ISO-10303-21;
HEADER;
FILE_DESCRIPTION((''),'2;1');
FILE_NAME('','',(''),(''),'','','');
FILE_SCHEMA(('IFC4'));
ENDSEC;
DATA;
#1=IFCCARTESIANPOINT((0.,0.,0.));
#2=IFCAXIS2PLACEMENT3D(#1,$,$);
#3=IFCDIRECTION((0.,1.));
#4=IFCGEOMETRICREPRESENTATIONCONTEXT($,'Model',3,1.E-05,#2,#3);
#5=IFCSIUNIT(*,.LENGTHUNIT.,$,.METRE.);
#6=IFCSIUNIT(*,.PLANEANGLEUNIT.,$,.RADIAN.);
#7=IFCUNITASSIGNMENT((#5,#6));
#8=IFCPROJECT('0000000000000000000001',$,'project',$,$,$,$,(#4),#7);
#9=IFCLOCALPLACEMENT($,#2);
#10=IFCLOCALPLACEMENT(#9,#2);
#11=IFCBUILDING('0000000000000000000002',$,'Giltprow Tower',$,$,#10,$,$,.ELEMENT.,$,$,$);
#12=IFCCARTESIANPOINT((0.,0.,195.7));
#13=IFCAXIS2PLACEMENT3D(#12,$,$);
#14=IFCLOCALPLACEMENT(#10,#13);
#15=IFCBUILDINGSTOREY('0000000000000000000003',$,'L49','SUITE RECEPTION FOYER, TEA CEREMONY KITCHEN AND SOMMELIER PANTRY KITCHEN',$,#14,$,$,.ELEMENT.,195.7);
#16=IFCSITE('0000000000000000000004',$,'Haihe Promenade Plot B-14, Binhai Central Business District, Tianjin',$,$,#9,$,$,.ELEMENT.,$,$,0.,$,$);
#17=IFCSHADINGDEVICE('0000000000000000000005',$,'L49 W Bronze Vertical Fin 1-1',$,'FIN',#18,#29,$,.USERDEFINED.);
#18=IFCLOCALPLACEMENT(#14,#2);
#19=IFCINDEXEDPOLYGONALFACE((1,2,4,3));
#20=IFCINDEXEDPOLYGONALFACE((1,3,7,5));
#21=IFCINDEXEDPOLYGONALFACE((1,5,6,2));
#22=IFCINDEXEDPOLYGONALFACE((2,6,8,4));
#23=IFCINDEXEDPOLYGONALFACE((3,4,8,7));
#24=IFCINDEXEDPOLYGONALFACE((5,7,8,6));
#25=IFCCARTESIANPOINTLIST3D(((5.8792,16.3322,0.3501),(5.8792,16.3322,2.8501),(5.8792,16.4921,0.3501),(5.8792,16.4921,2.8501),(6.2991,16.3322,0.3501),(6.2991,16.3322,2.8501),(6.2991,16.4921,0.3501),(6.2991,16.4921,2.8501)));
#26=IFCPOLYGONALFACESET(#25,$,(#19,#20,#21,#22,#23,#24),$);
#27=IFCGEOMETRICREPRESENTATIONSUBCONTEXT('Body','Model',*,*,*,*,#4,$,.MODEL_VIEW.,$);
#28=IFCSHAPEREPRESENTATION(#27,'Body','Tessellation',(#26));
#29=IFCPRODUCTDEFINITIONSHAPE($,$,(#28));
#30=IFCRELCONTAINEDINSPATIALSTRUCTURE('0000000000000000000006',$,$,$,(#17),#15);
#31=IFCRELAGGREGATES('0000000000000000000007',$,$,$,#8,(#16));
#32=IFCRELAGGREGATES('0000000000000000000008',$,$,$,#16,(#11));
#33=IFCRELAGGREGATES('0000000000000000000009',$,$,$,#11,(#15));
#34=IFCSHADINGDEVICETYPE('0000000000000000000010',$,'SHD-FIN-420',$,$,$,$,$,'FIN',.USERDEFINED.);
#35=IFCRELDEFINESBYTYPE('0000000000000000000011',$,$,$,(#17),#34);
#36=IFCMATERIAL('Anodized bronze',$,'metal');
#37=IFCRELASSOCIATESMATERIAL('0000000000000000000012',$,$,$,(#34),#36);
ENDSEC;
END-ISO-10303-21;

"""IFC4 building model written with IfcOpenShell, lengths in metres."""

from ifc_helpers import new_model, si_unit, direction, frame, origin, origin_2d, place, context, subcontext, project, spatial, rectangle, extrude, source, transform, mapped, material, type_object, element, save


model = new_model("IFC4")

# Units and contexts
model_context = context("Model", 3, precision=1e-05, world=origin(), true_north=direction((0.0, 1.0)))
body_context = subcontext(model_context, "Body", "Model", "MODEL_VIEW")
ifc_project = project(units=[si_unit("LENGTHUNIT", "METRE"), si_unit("PLANEANGLEUNIT", "RADIAN")], contexts=[model_context])

# Site, building, storey
site_placement = place(None, origin())
site = spatial("IfcSite", under=ifc_project, at=site_placement, Name="Haihe Promenade Plot B-14, Binhai Central Business District, Tianjin", CompositionType="ELEMENT", RefElevation=0.0)
building_placement = place(site_placement, origin())
building = spatial("IfcBuilding", under=site, at=building_placement, Name="Giltprow Tower", CompositionType="ELEMENT")
storey_placement = place(building_placement, frame((0.0, 0.0, 195.7)))
storey = spatial("IfcBuildingStorey", under=building, at=storey_placement, Name="L49", Description="SUITE RECEPTION FOYER, TEA CEREMONY KITCHEN AND SOMMELIER PANTRY KITCHEN", CompositionType="ELEMENT", Elevation=195.7)

# Shared definitions
ifc_material_1 = material(Name="Anodized bronze", Category="metal")

# Shading device
shading_device_type = type_object("IfcShadingDeviceType", Name="SHD-FIN-420", ElementType="FIN", PredefinedType="USERDEFINED", material=ifc_material_1)
shared_shape_1 = source(origin(), body_context, "Body", "SweptSolid", [
    extrude(rectangle(XDim=0.4199, YDim=0.1599, at=origin_2d()), origin(), (0.0, 0.0, 1.0), 2.5),
])
shading_device_placement = place(storey_placement, frame((6.0891, 16.4121, 0.3501), z_axis=(0.0, 0.0, 1.0), x_axis=(1.0, 0.0, 0.0)))
element("IfcShadingDevice", 1, at=shading_device_placement, inside=storey, type_object=shading_device_type, Name="L49 W Bronze Vertical Fin 1-1", ObjectType="FIN", PredefinedType="USERDEFINED", context=body_context, shape_type="MappedRepresentation", body=[
    mapped(shared_shape_1, transform((0.0, 0.0, 0.0), x_axis=(1.0, 0.0, 0.0), y_axis=(0.0, 1.0, 0.0), z_axis=(0.0, 0.0, 1.0), scale=1.0)),
])

save(model, "model.ifc")
